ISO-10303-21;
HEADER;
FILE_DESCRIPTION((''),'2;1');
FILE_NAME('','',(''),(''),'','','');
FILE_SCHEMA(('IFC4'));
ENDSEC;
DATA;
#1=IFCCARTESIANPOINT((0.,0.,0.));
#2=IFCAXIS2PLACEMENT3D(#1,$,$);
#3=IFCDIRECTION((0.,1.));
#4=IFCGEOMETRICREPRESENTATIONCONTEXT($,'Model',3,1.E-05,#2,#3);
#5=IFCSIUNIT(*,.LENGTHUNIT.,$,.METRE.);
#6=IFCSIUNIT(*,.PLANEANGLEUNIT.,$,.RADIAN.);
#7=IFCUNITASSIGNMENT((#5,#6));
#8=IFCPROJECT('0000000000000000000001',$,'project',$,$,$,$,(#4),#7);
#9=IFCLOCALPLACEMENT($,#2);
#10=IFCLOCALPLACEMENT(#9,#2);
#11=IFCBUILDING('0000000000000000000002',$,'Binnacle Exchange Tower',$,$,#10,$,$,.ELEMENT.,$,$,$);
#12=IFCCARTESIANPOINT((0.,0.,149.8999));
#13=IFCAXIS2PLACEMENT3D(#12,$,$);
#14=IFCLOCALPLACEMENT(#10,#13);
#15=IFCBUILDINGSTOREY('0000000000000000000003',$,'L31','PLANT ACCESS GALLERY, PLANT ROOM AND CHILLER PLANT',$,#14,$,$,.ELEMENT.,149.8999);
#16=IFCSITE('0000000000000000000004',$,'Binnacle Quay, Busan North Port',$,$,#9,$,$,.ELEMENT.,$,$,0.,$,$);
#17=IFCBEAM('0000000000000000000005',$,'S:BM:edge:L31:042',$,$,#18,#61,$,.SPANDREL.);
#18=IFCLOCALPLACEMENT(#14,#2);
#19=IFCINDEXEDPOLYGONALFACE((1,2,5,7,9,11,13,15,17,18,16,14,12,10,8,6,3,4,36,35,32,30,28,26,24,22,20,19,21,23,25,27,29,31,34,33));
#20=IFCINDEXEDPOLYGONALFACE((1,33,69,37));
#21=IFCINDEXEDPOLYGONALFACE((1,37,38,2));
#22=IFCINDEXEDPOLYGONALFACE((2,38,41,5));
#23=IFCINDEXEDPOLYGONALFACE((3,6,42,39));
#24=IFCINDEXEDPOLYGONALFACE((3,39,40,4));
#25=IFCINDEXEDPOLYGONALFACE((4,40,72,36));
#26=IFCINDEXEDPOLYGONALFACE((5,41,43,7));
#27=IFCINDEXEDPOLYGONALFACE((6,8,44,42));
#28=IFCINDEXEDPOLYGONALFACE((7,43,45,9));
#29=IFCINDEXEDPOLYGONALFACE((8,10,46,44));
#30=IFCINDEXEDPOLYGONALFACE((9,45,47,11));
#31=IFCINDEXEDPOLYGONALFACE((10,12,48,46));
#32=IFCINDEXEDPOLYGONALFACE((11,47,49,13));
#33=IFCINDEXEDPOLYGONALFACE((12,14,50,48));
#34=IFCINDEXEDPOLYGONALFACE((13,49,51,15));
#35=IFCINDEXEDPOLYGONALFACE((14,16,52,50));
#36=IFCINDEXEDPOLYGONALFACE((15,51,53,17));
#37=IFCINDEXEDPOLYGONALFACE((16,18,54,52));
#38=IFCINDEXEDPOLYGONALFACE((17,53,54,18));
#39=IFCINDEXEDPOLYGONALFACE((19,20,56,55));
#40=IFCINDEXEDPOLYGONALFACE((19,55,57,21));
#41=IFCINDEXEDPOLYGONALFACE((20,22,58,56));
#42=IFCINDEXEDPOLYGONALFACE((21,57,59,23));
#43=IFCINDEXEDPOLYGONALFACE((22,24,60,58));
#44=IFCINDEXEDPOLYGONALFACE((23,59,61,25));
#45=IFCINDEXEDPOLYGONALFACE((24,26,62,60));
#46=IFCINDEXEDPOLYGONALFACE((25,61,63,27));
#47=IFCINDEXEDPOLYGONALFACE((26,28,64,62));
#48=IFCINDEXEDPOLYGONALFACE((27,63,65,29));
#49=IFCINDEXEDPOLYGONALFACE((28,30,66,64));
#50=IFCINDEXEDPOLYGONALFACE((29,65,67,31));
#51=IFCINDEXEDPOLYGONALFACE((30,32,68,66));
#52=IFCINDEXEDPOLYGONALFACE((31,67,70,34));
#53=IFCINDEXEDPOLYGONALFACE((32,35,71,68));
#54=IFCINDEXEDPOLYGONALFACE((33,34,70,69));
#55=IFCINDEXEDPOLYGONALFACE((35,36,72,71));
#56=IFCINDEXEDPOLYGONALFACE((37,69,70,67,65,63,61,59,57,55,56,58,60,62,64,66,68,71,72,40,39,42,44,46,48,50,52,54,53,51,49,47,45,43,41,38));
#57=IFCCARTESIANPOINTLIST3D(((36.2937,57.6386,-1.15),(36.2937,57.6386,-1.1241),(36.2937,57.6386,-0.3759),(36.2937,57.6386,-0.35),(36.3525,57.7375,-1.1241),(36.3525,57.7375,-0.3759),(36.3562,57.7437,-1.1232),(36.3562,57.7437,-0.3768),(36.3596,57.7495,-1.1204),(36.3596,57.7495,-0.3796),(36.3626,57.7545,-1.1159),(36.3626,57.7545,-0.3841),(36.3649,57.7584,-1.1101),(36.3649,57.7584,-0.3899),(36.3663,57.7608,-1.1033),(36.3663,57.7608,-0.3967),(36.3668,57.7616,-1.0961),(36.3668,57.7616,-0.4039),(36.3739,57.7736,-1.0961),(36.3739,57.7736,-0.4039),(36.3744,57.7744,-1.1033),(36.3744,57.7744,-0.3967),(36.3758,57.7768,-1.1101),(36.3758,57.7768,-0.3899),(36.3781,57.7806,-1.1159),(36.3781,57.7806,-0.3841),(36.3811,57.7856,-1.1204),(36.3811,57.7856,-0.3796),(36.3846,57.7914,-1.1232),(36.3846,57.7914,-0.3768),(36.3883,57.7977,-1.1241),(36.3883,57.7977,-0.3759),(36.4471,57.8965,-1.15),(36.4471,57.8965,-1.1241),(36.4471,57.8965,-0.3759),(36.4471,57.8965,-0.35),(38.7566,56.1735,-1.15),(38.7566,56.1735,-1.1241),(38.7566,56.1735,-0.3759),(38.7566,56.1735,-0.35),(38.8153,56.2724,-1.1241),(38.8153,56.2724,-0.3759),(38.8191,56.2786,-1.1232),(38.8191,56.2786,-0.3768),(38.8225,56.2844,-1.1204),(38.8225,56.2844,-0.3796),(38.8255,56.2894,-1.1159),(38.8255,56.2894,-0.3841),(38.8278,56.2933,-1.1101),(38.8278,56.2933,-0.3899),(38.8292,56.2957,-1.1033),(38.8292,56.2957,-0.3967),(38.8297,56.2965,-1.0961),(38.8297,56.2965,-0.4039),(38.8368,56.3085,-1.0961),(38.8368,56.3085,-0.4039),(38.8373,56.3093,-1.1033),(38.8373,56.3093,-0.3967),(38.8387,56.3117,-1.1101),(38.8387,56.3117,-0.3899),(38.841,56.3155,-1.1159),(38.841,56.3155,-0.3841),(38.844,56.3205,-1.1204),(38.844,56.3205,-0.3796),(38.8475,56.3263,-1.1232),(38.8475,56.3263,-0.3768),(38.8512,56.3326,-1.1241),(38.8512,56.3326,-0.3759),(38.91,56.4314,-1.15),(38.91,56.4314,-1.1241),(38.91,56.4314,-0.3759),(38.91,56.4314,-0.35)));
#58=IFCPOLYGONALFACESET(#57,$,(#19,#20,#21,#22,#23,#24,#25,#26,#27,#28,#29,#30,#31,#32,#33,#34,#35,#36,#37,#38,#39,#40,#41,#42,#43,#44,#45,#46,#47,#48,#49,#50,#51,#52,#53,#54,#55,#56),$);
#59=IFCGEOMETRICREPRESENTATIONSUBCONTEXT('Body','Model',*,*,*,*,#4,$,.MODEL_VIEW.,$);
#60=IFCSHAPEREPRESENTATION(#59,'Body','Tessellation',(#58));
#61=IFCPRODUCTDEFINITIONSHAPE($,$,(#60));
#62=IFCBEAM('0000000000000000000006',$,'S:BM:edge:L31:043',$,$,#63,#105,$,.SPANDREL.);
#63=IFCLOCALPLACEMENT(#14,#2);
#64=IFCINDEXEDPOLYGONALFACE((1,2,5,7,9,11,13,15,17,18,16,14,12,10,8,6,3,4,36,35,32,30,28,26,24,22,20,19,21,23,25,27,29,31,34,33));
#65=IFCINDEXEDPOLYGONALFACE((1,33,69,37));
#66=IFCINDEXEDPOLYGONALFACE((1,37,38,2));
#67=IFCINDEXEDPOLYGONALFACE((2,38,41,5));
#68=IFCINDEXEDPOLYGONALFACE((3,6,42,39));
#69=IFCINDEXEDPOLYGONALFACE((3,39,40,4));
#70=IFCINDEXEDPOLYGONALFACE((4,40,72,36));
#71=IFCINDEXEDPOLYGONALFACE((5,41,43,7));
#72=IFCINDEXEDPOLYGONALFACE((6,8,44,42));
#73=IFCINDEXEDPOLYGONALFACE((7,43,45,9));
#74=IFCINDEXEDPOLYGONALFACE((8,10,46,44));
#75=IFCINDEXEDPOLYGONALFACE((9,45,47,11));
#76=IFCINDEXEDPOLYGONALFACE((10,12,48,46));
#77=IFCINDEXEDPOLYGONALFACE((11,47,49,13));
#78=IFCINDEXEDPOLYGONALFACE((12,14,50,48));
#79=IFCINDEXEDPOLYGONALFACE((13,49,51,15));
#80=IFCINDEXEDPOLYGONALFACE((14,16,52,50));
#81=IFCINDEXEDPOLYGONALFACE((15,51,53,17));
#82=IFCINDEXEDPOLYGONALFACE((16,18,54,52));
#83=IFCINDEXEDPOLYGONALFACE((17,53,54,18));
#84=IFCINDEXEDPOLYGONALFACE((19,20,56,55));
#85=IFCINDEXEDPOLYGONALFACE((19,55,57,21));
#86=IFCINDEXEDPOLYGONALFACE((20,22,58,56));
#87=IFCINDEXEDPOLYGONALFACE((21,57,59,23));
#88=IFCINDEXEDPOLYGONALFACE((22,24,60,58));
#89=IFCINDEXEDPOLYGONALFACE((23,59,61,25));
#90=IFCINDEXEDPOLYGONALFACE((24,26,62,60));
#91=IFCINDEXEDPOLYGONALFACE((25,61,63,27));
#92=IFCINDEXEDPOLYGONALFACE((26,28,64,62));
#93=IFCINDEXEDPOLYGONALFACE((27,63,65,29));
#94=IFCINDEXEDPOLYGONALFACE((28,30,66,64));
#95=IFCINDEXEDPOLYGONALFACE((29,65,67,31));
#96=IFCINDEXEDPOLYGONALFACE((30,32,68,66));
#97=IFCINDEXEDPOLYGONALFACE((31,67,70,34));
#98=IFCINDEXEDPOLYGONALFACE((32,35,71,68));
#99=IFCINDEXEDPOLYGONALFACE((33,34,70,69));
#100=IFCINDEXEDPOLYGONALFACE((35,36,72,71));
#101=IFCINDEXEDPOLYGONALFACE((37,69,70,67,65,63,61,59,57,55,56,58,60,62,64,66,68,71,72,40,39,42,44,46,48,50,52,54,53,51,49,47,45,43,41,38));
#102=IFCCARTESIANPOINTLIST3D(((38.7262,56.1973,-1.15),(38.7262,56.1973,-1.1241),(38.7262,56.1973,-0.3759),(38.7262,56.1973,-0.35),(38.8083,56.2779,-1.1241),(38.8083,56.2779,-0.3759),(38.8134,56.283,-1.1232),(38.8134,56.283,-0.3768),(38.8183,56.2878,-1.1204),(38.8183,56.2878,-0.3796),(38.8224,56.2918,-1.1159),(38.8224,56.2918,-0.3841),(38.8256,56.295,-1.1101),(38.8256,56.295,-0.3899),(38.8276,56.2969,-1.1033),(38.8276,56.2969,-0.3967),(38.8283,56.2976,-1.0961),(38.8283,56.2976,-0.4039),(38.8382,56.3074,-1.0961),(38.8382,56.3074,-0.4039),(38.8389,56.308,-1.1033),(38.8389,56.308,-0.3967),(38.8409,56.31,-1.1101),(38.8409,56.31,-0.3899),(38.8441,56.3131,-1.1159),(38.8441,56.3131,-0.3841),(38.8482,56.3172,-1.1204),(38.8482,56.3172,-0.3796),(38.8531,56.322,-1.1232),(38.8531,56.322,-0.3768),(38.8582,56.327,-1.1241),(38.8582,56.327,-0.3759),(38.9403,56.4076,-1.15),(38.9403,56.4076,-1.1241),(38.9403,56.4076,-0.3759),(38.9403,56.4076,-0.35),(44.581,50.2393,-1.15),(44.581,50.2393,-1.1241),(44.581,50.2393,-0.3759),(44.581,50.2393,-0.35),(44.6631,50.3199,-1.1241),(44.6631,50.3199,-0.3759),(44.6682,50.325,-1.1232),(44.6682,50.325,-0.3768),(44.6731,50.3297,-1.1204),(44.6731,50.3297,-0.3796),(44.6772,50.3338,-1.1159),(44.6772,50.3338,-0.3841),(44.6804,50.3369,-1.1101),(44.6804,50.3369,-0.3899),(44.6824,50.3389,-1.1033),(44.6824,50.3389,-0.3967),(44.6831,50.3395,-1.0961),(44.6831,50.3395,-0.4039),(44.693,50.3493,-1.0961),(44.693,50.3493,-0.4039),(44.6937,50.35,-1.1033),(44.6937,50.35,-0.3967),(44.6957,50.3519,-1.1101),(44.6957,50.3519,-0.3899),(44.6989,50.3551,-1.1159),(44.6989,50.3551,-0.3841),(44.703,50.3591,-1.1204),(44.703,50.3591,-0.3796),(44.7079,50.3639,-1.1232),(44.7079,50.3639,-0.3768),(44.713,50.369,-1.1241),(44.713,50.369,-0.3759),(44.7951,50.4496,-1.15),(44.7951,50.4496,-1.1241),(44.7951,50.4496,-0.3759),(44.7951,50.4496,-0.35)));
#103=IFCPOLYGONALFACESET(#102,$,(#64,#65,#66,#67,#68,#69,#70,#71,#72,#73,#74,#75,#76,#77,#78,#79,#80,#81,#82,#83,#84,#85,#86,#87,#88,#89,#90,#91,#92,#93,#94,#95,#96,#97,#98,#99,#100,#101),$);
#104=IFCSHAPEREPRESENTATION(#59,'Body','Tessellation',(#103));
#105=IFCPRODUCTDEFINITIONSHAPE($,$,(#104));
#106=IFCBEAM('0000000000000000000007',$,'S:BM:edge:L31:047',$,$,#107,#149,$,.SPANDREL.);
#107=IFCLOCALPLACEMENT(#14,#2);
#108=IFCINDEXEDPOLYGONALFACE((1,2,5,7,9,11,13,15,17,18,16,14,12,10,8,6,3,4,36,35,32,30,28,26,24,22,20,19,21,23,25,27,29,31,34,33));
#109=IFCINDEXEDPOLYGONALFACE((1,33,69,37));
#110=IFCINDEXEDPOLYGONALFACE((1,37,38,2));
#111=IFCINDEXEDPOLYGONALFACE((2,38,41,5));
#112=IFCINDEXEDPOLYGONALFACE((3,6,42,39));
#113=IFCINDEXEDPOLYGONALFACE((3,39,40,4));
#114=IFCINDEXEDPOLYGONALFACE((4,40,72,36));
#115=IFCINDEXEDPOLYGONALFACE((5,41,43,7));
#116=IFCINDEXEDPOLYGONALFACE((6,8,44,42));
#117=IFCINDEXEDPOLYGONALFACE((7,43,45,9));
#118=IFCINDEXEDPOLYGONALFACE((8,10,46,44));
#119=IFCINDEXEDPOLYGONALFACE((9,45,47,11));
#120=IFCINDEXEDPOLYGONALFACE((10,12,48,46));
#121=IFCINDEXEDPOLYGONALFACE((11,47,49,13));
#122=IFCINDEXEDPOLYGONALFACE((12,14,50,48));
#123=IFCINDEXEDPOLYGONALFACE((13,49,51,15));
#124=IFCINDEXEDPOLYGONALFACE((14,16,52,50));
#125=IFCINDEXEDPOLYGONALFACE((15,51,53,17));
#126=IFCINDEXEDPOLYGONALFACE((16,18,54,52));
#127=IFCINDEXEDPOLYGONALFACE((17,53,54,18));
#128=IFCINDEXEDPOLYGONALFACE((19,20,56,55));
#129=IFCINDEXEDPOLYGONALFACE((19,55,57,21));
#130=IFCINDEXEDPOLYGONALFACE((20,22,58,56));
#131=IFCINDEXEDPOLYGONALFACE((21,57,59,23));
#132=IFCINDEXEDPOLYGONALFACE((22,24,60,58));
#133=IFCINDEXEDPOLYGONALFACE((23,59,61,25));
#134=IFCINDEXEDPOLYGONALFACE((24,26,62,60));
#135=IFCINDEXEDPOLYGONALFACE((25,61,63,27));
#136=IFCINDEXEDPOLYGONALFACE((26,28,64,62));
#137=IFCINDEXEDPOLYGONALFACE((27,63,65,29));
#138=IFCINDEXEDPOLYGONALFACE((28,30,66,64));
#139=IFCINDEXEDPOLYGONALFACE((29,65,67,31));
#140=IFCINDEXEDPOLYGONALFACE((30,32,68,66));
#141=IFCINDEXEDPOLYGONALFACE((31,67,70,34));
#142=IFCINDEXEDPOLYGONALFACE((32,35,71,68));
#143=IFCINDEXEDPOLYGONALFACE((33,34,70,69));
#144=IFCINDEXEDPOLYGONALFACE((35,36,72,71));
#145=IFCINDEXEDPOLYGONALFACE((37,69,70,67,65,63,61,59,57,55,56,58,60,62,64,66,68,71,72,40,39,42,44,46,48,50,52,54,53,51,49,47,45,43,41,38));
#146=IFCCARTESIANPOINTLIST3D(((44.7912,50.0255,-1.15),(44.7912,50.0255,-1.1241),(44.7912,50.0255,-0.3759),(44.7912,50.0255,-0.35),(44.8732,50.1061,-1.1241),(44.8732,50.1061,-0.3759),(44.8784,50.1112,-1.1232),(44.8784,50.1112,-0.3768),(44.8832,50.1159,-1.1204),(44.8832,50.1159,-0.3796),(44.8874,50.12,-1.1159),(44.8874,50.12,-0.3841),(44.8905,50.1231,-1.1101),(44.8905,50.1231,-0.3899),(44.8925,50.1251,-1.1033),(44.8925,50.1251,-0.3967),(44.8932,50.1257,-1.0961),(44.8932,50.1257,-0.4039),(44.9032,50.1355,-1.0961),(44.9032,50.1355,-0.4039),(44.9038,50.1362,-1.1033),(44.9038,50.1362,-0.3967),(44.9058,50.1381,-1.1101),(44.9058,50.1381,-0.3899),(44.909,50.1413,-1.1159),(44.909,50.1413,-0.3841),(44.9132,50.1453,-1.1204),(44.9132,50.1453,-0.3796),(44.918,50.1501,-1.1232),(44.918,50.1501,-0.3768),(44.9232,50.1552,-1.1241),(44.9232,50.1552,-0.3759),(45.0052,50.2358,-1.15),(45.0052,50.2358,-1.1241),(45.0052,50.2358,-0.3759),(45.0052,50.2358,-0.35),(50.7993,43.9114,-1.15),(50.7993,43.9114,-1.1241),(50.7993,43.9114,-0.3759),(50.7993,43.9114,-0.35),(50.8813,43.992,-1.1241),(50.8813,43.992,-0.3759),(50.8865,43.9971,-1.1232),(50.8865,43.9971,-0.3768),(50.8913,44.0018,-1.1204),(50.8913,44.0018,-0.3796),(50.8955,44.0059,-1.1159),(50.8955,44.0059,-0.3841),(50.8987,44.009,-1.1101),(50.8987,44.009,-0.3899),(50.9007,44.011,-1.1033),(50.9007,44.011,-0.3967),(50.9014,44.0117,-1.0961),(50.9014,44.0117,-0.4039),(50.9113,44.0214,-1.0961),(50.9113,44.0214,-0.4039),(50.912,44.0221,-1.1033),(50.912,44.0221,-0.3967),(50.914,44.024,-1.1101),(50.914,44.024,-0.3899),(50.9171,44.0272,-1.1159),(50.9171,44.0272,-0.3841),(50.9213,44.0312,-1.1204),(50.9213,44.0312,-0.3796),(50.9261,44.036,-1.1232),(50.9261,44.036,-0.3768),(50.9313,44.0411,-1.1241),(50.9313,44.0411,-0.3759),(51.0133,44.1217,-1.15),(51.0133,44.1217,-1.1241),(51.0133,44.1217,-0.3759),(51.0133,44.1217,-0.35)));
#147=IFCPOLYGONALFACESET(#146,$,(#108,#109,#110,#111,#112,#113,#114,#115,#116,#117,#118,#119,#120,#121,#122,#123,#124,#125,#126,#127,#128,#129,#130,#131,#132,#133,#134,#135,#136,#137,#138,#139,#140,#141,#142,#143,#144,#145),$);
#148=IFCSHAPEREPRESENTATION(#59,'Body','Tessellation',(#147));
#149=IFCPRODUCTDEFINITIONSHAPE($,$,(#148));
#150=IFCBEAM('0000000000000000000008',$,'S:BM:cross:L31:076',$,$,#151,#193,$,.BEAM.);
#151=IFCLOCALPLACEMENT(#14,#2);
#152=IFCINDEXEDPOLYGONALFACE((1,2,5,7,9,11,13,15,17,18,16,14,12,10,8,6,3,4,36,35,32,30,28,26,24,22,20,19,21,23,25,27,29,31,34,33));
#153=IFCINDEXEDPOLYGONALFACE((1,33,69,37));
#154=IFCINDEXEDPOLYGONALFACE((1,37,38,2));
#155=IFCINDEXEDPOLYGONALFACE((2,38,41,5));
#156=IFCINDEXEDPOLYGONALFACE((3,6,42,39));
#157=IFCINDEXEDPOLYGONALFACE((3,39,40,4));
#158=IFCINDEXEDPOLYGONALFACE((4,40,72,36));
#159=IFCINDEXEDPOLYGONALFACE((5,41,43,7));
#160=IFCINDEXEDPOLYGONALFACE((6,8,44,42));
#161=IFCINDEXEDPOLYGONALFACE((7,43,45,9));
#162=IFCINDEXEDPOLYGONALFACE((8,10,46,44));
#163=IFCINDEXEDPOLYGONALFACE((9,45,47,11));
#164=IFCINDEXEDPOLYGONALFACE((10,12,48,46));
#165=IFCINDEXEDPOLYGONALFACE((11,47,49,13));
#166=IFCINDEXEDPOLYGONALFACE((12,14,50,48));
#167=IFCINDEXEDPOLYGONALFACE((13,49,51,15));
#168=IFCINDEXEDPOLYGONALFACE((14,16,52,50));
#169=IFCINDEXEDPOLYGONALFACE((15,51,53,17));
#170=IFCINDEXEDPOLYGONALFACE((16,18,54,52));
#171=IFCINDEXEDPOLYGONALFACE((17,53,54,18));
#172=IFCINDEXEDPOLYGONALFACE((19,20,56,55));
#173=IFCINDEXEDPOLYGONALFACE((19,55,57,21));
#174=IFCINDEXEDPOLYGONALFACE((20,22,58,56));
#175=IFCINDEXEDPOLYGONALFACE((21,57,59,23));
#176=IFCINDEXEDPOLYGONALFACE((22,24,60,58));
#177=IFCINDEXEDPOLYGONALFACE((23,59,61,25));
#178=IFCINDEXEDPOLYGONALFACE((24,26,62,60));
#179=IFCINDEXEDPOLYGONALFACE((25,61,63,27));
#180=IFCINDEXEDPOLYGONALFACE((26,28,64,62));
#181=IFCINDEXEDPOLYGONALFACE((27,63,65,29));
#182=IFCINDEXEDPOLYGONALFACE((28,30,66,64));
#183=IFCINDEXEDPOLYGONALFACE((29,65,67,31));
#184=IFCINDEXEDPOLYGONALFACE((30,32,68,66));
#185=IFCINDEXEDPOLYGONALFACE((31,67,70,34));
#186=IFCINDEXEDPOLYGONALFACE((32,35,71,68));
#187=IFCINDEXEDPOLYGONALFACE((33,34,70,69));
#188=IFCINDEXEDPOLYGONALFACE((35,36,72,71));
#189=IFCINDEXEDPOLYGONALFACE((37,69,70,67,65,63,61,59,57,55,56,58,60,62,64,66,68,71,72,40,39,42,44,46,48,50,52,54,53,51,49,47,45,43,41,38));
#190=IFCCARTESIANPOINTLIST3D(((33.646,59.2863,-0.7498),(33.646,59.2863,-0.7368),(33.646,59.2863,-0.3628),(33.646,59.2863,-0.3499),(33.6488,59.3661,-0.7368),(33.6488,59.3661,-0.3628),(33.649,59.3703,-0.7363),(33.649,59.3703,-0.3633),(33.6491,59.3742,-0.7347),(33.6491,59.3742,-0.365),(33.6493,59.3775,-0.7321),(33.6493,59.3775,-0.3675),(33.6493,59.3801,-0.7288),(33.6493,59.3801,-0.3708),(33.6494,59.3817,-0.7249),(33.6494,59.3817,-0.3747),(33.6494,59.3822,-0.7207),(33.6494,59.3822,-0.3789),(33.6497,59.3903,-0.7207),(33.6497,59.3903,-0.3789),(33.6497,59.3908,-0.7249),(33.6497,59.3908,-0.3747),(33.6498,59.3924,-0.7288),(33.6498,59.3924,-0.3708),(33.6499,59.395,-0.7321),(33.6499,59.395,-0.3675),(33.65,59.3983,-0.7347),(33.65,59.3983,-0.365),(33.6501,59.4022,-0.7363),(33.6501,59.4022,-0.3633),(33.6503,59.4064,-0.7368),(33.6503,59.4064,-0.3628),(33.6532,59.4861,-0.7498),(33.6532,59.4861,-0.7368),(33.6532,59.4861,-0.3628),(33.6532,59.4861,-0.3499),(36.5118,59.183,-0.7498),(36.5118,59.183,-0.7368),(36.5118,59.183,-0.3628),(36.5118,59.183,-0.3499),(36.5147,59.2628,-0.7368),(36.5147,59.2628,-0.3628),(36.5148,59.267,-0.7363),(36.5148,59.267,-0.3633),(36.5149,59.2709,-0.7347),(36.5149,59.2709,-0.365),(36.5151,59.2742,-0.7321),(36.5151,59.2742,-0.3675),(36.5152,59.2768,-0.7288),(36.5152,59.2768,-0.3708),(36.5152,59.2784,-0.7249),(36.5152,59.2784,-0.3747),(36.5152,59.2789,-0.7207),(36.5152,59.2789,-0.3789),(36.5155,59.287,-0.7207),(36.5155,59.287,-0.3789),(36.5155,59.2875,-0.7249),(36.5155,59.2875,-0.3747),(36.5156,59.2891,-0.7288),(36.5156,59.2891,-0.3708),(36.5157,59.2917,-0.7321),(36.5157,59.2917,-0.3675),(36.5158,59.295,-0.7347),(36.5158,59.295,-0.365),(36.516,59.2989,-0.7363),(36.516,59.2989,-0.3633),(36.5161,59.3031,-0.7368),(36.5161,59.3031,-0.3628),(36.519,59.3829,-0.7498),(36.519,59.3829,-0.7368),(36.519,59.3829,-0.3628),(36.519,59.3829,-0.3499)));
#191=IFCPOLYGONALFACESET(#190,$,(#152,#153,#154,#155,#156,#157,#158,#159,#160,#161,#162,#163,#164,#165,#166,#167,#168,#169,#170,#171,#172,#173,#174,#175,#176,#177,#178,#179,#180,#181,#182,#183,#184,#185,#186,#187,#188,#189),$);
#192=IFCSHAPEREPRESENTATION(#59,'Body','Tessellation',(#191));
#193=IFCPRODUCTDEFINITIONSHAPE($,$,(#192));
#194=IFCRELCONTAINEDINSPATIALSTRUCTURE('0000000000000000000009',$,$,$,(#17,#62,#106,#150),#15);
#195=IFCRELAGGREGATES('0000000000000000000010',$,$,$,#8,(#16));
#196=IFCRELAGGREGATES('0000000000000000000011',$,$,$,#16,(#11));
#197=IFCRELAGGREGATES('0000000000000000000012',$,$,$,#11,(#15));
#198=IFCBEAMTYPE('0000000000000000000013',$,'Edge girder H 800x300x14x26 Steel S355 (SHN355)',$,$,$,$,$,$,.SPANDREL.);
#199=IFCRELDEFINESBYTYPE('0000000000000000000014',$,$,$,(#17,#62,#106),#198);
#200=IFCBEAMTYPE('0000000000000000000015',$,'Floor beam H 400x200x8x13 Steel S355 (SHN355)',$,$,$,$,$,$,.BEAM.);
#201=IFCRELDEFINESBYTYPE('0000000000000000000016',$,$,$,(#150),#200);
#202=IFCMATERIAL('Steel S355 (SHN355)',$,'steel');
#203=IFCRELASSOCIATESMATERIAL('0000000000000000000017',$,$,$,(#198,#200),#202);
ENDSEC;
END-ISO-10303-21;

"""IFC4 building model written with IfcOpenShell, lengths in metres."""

from ifc_helpers import new_model, si_unit, direction, frame, origin, origin_2d, place, context, subcontext, project, spatial, i_section, extrude, material, material_profile, profile_set, type_object, element, save


model = new_model("IFC4")

# Units and contexts
model_context = context("Model", 3, precision=1e-05, world=origin(), true_north=direction((0.0, 1.0)))
body_context = subcontext(model_context, "Body", "Model", "MODEL_VIEW")
ifc_project = project(units=[si_unit("LENGTHUNIT", "METRE"), si_unit("PLANEANGLEUNIT", "RADIAN")], contexts=[model_context])

# Site, building, storey
site_placement = place(None, origin())
site = spatial("IfcSite", under=ifc_project, at=site_placement, Name="Binnacle Quay, Busan North Port", CompositionType="ELEMENT", RefElevation=0.0)
building_placement = place(site_placement, origin())
building = spatial("IfcBuilding", under=site, at=building_placement, Name="Binnacle Exchange Tower", CompositionType="ELEMENT")
storey_placement = place(building_placement, frame((0.0, 0.0, 149.8999)))
storey = spatial("IfcBuildingStorey", under=building, at=storey_placement, Name="L31", Description="PLANT ACCESS GALLERY, PLANT ROOM AND CHILLER PLANT", CompositionType="ELEMENT", Elevation=149.8999)

# Shared definitions
ifc_material_1 = material(Name="Steel S355 (SHN355)", Category="steel")

# Beams
ifc_material_profile_1 = material_profile(ifc_material_1, i_section(OverallWidth=0.3, OverallDepth=0.8, WebThickness=0.0139, FlangeThickness=0.0259, FilletRadius=0.0281, at=origin_2d()), Name="H 800x300x14x26")
ifc_profile_set_1 = profile_set([ifc_material_profile_1], Name="Steel S355 (SHN355)")
beam_type_1 = type_object("IfcBeamType", Name="Edge girder H 800x300x14x26 Steel S355 (SHN355)", PredefinedType="SPANDREL", material=ifc_profile_set_1)
for number, where, z_axis, x_axis, name in (
    (1, (36.3704, 57.7676, -0.75), (0.859434, -0.511247, 0.0), (0.511247, 0.859434, 0.0), "S:BM:edge:L31:042"),
):
    element("IfcBeam", number, at=place(storey_placement, frame(where, z_axis=z_axis, x_axis=x_axis)), inside=storey, type_object=beam_type_1, Name=name, PredefinedType="SPANDREL", context=body_context, shape_type="SweptSolid", body=[
        extrude(i_section(OverallWidth=0.3, OverallDepth=0.8, WebThickness=0.0139, FlangeThickness=0.0259, FilletRadius=0.0281, at=origin_2d()), origin(), (0.0, 0.0, 1.0), 2.8657),
    ])
beam_1_placement = place(storey_placement, frame((38.8333, 56.3025, -0.75), z_axis=(0.700898, -0.713261, 0.0), x_axis=(0.713261, 0.700898, 0.0)))
element("IfcBeam", 2, at=beam_1_placement, inside=storey, type_object=beam_type_1, Name="S:BM:edge:L31:043", PredefinedType="SPANDREL", context=body_context, shape_type="SweptSolid", body=[
    extrude(i_section(OverallWidth=0.3, OverallDepth=0.8, WebThickness=0.0139, FlangeThickness=0.0259, FilletRadius=0.0281, at=origin_2d()), origin(), (0.0, 0.0, 1.0), 8.3533),
])
beam_2_placement = place(storey_placement, frame((44.8982, 50.1306, -0.75), z_axis=(0.700899, -0.71326, 0.0), x_axis=(0.71326, 0.700899, 0.0)))
element("IfcBeam", 3, at=beam_2_placement, inside=storey, type_object=beam_type_1, Name="S:BM:edge:L31:047", PredefinedType="SPANDREL", context=body_context, shape_type="SweptSolid", body=[
    extrude(i_section(OverallWidth=0.3, OverallDepth=0.8, WebThickness=0.0139, FlangeThickness=0.0259, FilletRadius=0.0281, at=origin_2d()), origin(), (0.0, 0.0, 1.0), 8.572),
])
ifc_material_profile_2 = material_profile(ifc_material_1, i_section(OverallWidth=0.2, OverallDepth=0.3999, WebThickness=0.0081, FlangeThickness=0.0129, FilletRadius=0.0161, at=origin_2d()), Name="H 400x200x8x13")
ifc_profile_set_2 = profile_set([ifc_material_profile_2], Name="Steel S355 (SHN355)")
beam_type_2 = type_object("IfcBeamType", Name="Floor beam H 400x200x8x13 Steel S355 (SHN355)", PredefinedType="BEAM", material=ifc_profile_set_2)
beam_3_placement = place(storey_placement, frame((36.5154, 59.283, -0.5498), z_axis=(-0.999351, 0.036013, 0.0), x_axis=(-0.036013, -0.999351, 0.0)))
element("IfcBeam", 4, at=beam_3_placement, inside=storey, type_object=beam_type_2, Name="S:BM:cross:L31:076", PredefinedType="BEAM", context=body_context, shape_type="SweptSolid", body=[
    extrude(i_section(OverallWidth=0.2, OverallDepth=0.3999, WebThickness=0.0081, FlangeThickness=0.0129, FilletRadius=0.0161, at=origin_2d()), origin(), (0.0, 0.0, 1.0), 2.8677),
])

save(model, "model.ifc")
